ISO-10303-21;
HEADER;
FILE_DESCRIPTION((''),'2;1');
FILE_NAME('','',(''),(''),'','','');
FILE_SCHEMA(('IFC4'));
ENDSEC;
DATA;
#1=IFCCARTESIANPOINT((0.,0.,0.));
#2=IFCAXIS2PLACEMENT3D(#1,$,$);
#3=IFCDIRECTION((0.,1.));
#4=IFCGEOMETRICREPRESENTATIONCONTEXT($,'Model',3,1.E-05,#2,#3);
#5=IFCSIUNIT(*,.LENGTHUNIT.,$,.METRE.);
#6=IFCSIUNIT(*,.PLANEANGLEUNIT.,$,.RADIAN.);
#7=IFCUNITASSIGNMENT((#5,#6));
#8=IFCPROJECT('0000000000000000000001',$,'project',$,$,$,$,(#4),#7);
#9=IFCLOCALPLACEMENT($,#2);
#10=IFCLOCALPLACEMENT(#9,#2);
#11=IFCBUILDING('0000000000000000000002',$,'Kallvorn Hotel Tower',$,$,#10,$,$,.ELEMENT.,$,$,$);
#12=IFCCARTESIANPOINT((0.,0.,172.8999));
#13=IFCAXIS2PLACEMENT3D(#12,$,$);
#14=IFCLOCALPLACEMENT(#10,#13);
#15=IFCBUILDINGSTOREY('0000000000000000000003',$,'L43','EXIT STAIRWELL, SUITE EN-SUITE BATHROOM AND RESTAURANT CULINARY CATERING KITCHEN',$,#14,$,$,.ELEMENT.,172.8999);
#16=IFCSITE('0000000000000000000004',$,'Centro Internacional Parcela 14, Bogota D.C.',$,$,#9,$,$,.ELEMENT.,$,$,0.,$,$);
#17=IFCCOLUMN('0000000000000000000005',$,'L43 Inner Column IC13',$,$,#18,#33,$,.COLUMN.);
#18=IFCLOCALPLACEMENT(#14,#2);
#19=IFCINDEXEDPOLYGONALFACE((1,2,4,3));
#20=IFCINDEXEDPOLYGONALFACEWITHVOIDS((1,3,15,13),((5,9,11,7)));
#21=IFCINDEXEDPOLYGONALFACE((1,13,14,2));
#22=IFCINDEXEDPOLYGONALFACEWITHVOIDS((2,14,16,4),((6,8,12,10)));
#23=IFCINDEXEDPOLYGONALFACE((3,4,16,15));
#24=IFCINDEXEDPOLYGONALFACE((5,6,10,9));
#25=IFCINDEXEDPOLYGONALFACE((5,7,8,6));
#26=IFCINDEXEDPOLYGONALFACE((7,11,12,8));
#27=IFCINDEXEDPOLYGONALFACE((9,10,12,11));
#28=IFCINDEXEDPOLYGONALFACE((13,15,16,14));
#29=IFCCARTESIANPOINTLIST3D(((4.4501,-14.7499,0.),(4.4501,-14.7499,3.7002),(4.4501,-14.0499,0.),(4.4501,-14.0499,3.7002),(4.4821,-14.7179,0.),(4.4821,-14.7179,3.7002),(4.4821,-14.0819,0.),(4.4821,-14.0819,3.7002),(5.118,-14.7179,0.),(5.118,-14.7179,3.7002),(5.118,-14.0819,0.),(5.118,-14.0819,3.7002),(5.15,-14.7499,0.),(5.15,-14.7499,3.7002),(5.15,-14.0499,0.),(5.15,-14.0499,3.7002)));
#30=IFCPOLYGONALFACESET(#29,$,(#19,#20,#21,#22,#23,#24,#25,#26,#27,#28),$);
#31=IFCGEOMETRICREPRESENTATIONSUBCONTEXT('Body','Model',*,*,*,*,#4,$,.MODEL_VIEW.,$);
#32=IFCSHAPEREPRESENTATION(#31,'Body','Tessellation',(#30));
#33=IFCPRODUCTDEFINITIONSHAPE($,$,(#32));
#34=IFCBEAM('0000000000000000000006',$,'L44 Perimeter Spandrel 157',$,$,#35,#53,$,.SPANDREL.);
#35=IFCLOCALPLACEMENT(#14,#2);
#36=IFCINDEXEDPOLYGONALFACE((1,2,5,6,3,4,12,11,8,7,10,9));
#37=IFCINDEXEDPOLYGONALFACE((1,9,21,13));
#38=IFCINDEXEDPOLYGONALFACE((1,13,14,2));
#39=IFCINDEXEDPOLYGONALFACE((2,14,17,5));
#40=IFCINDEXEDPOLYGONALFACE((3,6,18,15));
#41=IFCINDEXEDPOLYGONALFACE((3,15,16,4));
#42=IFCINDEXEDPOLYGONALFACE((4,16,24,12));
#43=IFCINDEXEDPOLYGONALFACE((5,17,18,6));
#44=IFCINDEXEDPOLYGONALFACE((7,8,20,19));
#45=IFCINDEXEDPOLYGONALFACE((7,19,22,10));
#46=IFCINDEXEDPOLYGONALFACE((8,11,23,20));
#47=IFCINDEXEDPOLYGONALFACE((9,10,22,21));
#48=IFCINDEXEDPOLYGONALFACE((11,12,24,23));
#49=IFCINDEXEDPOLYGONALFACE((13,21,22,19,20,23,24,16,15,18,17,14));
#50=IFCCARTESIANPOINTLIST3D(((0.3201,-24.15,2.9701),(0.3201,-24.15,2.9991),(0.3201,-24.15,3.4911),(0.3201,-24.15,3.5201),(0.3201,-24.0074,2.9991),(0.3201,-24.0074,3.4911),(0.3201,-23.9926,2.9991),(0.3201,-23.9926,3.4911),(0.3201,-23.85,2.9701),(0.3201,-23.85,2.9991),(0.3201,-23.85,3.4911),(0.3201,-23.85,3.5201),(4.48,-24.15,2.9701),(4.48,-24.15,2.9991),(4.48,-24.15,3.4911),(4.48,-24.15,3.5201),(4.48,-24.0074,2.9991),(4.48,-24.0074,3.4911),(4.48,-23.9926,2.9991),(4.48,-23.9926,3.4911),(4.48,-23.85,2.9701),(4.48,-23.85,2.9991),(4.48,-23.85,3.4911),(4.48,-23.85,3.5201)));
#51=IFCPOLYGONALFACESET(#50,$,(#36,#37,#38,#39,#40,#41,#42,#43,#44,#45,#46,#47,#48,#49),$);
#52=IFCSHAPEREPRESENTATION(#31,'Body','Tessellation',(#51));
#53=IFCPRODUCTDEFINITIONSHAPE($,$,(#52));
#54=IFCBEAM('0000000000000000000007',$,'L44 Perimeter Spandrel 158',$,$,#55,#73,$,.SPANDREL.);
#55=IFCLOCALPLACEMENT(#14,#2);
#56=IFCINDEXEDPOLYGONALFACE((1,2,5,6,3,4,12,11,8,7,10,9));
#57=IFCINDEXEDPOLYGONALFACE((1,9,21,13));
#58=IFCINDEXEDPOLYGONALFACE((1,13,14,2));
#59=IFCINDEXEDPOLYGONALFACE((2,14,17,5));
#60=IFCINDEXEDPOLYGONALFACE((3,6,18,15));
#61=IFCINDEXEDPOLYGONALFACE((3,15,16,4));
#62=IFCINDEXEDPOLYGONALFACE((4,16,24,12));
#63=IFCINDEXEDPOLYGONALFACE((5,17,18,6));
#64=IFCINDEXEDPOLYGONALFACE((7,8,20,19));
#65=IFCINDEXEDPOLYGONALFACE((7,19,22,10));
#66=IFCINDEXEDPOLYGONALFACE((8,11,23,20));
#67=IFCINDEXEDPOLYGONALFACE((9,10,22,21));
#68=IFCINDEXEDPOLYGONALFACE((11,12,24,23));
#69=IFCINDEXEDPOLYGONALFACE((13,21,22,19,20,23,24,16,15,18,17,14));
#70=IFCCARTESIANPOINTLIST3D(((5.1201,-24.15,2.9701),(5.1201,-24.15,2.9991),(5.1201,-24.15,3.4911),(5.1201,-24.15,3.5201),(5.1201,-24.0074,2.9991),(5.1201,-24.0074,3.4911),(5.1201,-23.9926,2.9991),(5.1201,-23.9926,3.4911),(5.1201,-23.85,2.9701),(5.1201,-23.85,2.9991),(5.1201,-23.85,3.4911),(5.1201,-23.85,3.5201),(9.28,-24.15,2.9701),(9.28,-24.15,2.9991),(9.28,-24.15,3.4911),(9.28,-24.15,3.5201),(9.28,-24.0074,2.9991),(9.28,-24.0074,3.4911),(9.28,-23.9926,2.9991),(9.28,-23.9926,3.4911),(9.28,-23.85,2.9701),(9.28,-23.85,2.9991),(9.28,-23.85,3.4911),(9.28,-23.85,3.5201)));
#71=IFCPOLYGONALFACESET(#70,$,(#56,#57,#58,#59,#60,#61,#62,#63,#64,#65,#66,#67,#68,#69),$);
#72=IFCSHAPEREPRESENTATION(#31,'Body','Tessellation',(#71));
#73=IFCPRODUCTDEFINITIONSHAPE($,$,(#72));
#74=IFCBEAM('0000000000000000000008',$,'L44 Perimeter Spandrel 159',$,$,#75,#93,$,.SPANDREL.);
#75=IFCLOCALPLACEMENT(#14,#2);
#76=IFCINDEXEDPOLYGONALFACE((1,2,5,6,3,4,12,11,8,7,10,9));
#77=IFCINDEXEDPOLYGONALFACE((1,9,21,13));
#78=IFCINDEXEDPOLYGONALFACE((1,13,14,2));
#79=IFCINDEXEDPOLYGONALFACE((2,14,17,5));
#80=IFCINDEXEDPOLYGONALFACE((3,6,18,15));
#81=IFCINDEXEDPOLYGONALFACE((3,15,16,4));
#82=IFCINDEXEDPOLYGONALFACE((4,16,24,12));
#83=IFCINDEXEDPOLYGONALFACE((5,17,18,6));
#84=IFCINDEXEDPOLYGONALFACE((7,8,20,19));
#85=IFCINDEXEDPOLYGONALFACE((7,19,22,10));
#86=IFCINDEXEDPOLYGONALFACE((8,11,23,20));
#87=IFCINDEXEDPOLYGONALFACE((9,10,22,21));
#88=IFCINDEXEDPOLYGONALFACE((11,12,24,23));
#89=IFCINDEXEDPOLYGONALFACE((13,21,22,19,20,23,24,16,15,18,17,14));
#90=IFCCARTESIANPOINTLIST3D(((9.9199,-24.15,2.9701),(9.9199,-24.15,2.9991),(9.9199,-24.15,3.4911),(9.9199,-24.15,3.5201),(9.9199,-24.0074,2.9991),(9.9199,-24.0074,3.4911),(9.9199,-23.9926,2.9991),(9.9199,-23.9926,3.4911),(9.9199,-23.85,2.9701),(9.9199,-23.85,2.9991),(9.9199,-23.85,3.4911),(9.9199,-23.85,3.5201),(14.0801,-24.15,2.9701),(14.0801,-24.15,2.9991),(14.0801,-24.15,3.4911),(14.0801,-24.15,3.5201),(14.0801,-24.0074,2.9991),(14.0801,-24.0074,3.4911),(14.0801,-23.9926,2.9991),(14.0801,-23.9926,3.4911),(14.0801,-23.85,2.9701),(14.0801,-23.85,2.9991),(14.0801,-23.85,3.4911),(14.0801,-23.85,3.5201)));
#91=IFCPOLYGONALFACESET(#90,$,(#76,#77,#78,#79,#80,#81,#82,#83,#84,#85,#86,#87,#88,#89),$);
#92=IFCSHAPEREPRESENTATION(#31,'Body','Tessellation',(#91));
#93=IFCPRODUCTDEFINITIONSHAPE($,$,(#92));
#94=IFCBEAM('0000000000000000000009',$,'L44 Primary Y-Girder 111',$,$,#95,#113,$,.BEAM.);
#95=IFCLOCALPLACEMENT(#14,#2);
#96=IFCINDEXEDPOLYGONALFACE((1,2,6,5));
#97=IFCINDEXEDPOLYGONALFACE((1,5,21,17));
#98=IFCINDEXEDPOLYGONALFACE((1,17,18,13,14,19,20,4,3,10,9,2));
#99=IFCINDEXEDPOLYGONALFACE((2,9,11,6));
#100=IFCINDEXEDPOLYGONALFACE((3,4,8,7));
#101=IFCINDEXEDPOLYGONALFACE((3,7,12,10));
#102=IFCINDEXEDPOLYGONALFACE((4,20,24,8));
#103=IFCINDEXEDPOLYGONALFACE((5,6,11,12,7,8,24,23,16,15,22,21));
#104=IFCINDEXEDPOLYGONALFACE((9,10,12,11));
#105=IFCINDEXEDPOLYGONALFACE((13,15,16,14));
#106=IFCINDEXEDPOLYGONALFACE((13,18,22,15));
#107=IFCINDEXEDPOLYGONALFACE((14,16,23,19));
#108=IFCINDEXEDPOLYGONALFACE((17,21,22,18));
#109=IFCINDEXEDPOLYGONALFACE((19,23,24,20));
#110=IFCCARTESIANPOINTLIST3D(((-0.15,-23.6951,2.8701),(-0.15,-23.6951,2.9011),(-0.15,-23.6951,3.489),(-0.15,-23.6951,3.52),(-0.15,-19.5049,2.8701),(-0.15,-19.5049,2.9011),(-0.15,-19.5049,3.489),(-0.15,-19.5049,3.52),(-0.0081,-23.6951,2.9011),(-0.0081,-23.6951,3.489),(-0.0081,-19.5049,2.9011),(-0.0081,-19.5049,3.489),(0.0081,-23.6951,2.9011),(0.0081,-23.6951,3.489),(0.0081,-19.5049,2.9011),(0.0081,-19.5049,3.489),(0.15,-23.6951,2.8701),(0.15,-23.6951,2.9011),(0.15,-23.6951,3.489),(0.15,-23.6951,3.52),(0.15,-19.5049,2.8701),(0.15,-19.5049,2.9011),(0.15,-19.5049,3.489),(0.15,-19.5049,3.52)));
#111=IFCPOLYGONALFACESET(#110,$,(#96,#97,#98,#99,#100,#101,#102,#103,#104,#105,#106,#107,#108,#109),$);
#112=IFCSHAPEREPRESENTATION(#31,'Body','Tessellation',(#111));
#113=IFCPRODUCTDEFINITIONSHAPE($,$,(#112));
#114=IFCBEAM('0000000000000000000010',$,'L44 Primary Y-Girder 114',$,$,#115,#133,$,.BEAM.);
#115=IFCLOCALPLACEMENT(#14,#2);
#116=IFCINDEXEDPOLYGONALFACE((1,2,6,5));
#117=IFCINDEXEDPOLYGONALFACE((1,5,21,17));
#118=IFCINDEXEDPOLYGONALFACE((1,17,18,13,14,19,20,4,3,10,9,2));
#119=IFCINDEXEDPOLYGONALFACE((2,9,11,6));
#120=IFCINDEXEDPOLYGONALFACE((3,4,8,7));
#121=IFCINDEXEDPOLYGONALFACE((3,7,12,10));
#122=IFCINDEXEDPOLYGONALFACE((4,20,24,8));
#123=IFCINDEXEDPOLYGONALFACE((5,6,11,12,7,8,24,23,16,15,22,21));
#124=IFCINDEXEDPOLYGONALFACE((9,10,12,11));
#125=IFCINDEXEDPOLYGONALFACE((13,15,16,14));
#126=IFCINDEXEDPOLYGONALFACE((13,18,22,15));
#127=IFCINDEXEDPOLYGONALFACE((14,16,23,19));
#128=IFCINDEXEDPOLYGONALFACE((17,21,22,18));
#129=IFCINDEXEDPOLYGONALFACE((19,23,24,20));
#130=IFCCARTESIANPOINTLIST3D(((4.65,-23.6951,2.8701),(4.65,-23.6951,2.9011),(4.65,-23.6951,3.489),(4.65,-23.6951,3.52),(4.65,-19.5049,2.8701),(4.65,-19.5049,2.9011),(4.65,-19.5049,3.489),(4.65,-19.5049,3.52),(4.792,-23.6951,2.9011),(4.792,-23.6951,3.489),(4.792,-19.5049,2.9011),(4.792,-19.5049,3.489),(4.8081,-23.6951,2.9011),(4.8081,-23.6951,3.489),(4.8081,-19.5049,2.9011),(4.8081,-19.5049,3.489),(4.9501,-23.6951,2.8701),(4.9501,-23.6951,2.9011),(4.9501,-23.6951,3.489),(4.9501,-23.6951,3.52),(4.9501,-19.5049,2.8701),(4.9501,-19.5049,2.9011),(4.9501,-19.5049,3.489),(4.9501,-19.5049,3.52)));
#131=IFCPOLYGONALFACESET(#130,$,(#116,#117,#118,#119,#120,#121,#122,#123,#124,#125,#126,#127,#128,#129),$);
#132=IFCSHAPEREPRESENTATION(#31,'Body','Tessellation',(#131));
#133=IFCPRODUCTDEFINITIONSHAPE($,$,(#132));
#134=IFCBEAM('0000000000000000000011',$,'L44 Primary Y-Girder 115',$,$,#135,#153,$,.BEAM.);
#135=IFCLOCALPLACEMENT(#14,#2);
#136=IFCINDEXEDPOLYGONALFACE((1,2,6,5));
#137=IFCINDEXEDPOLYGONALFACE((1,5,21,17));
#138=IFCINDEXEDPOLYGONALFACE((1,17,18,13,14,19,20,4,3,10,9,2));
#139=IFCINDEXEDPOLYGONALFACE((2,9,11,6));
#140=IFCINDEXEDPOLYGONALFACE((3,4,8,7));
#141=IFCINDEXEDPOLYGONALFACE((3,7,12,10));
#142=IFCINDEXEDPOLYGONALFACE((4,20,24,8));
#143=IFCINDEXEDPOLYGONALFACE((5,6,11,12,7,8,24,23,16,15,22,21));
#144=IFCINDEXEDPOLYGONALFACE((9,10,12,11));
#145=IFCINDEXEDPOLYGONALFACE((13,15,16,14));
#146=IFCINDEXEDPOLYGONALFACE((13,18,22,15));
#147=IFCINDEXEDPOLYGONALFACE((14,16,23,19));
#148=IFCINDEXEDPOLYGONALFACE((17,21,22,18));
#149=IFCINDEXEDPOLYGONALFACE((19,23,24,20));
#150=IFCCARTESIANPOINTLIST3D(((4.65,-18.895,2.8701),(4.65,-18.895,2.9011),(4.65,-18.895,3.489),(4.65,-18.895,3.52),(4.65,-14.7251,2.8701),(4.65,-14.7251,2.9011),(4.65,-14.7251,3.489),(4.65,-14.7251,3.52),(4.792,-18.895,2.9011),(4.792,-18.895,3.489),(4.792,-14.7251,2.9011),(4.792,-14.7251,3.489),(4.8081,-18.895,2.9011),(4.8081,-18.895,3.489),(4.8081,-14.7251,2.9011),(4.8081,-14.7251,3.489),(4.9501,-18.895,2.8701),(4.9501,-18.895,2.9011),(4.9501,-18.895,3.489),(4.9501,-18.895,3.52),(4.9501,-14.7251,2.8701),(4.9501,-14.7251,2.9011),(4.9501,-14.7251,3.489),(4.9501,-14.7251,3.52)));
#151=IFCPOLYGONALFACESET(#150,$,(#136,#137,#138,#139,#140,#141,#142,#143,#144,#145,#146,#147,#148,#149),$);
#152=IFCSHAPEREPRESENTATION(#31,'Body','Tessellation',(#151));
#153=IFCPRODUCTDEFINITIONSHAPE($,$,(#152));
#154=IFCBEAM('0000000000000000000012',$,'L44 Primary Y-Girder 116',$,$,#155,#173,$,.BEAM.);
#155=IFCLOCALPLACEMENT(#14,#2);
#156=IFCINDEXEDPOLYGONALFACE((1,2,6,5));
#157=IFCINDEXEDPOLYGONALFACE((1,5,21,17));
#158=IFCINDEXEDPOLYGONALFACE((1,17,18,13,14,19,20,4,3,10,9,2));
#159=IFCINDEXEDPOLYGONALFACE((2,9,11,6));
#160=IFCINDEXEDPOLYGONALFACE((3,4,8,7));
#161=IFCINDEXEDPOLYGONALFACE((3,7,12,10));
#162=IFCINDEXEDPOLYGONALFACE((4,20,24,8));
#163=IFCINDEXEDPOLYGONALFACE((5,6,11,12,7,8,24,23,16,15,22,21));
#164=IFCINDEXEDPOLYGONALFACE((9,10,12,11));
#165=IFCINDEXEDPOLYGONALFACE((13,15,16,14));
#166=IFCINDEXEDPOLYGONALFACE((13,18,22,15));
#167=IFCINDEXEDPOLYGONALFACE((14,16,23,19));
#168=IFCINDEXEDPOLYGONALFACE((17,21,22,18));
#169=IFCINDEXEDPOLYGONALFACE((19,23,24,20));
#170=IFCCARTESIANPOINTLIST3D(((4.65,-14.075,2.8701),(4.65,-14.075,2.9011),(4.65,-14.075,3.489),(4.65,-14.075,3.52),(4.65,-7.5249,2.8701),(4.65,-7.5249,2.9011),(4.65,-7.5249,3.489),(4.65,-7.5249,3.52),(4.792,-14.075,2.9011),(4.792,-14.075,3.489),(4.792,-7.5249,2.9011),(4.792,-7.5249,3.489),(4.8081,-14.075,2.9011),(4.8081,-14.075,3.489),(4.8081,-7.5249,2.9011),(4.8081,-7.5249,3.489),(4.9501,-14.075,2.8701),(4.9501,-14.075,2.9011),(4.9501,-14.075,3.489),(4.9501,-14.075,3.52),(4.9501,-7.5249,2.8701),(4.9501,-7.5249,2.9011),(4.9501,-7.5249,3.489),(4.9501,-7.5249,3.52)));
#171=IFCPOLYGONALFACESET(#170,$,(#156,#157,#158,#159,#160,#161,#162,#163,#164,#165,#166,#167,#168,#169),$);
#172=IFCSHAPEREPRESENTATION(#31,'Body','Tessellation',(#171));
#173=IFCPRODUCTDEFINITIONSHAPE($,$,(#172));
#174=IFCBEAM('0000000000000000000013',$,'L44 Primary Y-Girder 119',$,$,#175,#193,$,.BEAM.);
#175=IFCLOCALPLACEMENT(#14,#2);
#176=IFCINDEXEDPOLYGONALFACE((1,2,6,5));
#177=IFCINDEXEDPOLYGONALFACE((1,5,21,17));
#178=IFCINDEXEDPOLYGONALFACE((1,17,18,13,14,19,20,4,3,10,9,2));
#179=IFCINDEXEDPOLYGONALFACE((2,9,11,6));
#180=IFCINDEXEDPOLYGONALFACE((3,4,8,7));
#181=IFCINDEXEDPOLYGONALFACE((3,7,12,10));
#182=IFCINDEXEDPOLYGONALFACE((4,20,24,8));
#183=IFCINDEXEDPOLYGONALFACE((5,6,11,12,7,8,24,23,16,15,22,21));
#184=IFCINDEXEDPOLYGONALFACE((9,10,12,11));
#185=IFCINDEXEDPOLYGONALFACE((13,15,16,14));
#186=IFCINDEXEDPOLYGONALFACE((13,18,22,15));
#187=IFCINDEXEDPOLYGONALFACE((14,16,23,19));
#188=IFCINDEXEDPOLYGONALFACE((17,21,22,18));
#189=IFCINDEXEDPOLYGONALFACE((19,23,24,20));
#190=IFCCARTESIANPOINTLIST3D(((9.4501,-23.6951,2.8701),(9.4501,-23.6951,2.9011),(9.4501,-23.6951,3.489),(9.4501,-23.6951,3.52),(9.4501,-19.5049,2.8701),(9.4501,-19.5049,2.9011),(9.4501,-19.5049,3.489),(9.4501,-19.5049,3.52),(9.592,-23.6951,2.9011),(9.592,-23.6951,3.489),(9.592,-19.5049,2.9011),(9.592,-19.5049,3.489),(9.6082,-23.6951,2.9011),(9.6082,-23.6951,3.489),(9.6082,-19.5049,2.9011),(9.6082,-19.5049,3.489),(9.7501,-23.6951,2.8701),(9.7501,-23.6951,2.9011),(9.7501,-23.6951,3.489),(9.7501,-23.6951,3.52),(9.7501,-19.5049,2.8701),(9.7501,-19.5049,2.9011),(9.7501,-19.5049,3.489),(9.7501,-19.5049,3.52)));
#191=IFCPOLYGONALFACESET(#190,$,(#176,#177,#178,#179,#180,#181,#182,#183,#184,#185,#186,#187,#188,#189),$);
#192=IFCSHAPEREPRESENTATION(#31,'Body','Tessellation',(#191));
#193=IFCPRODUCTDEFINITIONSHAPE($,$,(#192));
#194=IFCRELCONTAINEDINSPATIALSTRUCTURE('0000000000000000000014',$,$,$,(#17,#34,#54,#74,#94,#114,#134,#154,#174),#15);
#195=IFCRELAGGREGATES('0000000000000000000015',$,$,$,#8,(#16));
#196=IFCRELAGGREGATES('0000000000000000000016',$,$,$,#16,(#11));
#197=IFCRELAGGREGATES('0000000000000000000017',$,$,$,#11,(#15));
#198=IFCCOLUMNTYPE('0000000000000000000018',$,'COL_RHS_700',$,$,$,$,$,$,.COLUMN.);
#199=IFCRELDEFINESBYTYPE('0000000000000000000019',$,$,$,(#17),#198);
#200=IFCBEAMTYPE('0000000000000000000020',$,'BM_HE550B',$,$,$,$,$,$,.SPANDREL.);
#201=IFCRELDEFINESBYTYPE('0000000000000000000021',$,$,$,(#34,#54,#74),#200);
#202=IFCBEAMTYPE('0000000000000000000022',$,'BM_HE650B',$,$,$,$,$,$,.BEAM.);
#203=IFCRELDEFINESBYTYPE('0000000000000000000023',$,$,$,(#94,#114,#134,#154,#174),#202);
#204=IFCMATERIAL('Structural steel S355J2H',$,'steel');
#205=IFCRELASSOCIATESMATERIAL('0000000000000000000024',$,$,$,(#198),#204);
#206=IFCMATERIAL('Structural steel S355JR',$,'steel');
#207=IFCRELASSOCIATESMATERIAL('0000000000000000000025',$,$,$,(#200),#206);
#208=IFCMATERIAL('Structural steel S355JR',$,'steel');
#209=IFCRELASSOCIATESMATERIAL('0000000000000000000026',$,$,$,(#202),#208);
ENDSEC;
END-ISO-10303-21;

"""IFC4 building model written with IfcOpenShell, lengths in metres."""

from ifc_helpers import new_model, si_unit, direction, frame, origin, origin_2d, place, context, subcontext, project, spatial, hollow_rectangle, i_section, extrude, material, material_profile, profile_set, type_object, element, save


model = new_model("IFC4")

# Units and contexts
model_context = context("Model", 3, precision=1e-05, world=origin(), true_north=direction((0.0, 1.0)))
body_context = subcontext(model_context, "Body", "Model", "MODEL_VIEW")
ifc_project = project(units=[si_unit("LENGTHUNIT", "METRE"), si_unit("PLANEANGLEUNIT", "RADIAN")], contexts=[model_context])

# Site, building, storey
site_placement = place(None, origin())
site = spatial("IfcSite", under=ifc_project, at=site_placement, Name="Centro Internacional Parcela 14, Bogota D.C.", CompositionType="ELEMENT", RefElevation=0.0)
building_placement = place(site_placement, origin())
building = spatial("IfcBuilding", under=site, at=building_placement, Name="Kallvorn Hotel Tower", CompositionType="ELEMENT")
storey_placement = place(building_placement, frame((0.0, 0.0, 172.8999)))
storey = spatial("IfcBuildingStorey", under=building, at=storey_placement, Name="L43", Description="EXIT STAIRWELL, SUITE EN-SUITE BATHROOM AND RESTAURANT CULINARY CATERING KITCHEN", CompositionType="ELEMENT", Elevation=172.8999)

# Column
ifc_material_1 = material(Name="Structural steel S355J2H", Category="steel")
ifc_material_profile_1 = material_profile(ifc_material_1, hollow_rectangle(XDim=0.7, YDim=0.7, WallThickness=0.032, at=origin_2d()), Name="RHS 700x700x32")
ifc_profile_set_1 = profile_set([ifc_material_profile_1], Name="Structural steel S355J2H")
column_type_1 = type_object("IfcColumnType", Name="COL_RHS_700", PredefinedType="COLUMN", material=ifc_profile_set_1)
column_placement = place(storey_placement, frame((4.8, -14.3999, 0.0), z_axis=(0.0, 0.0, 1.0), x_axis=(1.0, 0.0, 0.0)))
element("IfcColumn", 1, at=column_placement, inside=storey, type_object=column_type_1, Name="L43 Inner Column IC13", PredefinedType="COLUMN", context=body_context, shape_type="SweptSolid", body=[
    extrude(hollow_rectangle(XDim=0.7, YDim=0.7, WallThickness=0.032, at=origin_2d()), origin(), (0.0, 0.0, 1.0), 3.7002),
])

# Beams
ifc_material_2 = material(Name="Structural steel S355JR", Category="steel")
ifc_material_profile_2 = material_profile(ifc_material_2, i_section(OverallWidth=0.3, OverallDepth=0.55, WebThickness=0.0149, FlangeThickness=0.0291, at=origin_2d()), Name="HE 550 B")
ifc_profile_set_2 = profile_set([ifc_material_profile_2], Name="Structural steel S355JR")
beam_type_1 = type_object("IfcBeamType", Name="BM_HE550B", PredefinedType="SPANDREL", material=ifc_profile_set_2)
for number, where, z_axis, x_axis, name in (
    (2, (0.3201, -24.0, 3.2451), (1.0, 0.0, 0.0), (0.0, 1.0, 0.0), "L44 Perimeter Spandrel 157"),
    (3, (5.1201, -24.0, 3.2451), (1.0, 0.0, 0.0), (0.0, 1.0, 0.0), "L44 Perimeter Spandrel 158"),
):
    element("IfcBeam", number, at=place(storey_placement, frame(where, z_axis=z_axis, x_axis=x_axis)), inside=storey, type_object=beam_type_1, Name=name, PredefinedType="SPANDREL", context=body_context, shape_type="SweptSolid", body=[
        extrude(i_section(OverallWidth=0.3, OverallDepth=0.55, WebThickness=0.0149, FlangeThickness=0.0291, at=origin_2d()), origin(), (0.0, 0.0, 1.0), 4.1599),
    ])
beam_1_placement = place(storey_placement, frame((9.9199, -24.0, 3.2451), z_axis=(1.0, 0.0, 0.0), x_axis=(0.0, 1.0, 0.0)))
element("IfcBeam", 4, at=beam_1_placement, inside=storey, type_object=beam_type_1, Name="L44 Perimeter Spandrel 159", PredefinedType="SPANDREL", context=body_context, shape_type="SweptSolid", body=[
    extrude(i_section(OverallWidth=0.3, OverallDepth=0.55, WebThickness=0.0149, FlangeThickness=0.0291, at=origin_2d()), origin(), (0.0, 0.0, 1.0), 4.1602),
])
ifc_material_3 = material(Name="Structural steel S355JR", Category="steel")
ifc_material_profile_3 = material_profile(ifc_material_3, i_section(OverallWidth=0.3, OverallDepth=0.6499, WebThickness=0.0161, FlangeThickness=0.031, at=origin_2d()), Name="HE 650 B")
ifc_profile_set_3 = profile_set([ifc_material_profile_3], Name="Structural steel S355JR")
beam_type_2 = type_object("IfcBeamType", Name="BM_HE650B", PredefinedType="BEAM", material=ifc_profile_set_3)
for number, where, z_axis, x_axis, name in (
    (5, (0.0, -23.6951, 3.1951), (0.0, 1.0, 0.0), (-1.0, 0.0, 0.0), "L44 Primary Y-Girder 111"),
    (6, (4.8, -23.6951, 3.1951), (0.0, 1.0, 0.0), (-1.0, 0.0, 0.0), "L44 Primary Y-Girder 114"),
):
    element("IfcBeam", number, at=place(storey_placement, frame(where, z_axis=z_axis, x_axis=x_axis)), inside=storey, type_object=beam_type_2, Name=name, PredefinedType="BEAM", context=body_context, shape_type="SweptSolid", body=[
        extrude(i_section(OverallWidth=0.3, OverallDepth=0.6499, WebThickness=0.0161, FlangeThickness=0.031, at=origin_2d()), origin(), (0.0, 0.0, 1.0), 4.1902),
    ])
beam_2_placement = place(storey_placement, frame((4.8, -18.895, 3.1951), z_axis=(0.0, 1.0, 0.0), x_axis=(-1.0, 0.0, 0.0)))
element("IfcBeam", 7, at=beam_2_placement, inside=storey, type_object=beam_type_2, Name="L44 Primary Y-Girder 115", PredefinedType="BEAM", context=body_context, shape_type="SweptSolid", body=[
    extrude(i_section(OverallWidth=0.3, OverallDepth=0.6499, WebThickness=0.0161, FlangeThickness=0.031, at=origin_2d()), origin(), (0.0, 0.0, 1.0), 4.1699),
])
beam_3_placement = place(storey_placement, frame((4.8, -14.075, 3.1951), z_axis=(0.0, 1.0, 0.0), x_axis=(-1.0, 0.0, 0.0)))
element("IfcBeam", 8, at=beam_3_placement, inside=storey, type_object=beam_type_2, Name="L44 Primary Y-Girder 116", PredefinedType="BEAM", context=body_context, shape_type="SweptSolid", body=[
    extrude(i_section(OverallWidth=0.3, OverallDepth=0.6499, WebThickness=0.0161, FlangeThickness=0.031, at=origin_2d()), origin(), (0.0, 0.0, 1.0), 6.55),
])
beam_4_placement = place(storey_placement, frame((9.6001, -23.6951, 3.1951), z_axis=(0.0, 1.0, 0.0), x_axis=(-1.0, 0.0, 0.0)))
element("IfcBeam", 9, at=beam_4_placement, inside=storey, type_object=beam_type_2, Name="L44 Primary Y-Girder 119", PredefinedType="BEAM", context=body_context, shape_type="SweptSolid", body=[
    extrude(i_section(OverallWidth=0.3, OverallDepth=0.6499, WebThickness=0.0161, FlangeThickness=0.031, at=origin_2d()), origin(), (0.0, 0.0, 1.0), 4.1902),
])

save(model, "model.ifc")
